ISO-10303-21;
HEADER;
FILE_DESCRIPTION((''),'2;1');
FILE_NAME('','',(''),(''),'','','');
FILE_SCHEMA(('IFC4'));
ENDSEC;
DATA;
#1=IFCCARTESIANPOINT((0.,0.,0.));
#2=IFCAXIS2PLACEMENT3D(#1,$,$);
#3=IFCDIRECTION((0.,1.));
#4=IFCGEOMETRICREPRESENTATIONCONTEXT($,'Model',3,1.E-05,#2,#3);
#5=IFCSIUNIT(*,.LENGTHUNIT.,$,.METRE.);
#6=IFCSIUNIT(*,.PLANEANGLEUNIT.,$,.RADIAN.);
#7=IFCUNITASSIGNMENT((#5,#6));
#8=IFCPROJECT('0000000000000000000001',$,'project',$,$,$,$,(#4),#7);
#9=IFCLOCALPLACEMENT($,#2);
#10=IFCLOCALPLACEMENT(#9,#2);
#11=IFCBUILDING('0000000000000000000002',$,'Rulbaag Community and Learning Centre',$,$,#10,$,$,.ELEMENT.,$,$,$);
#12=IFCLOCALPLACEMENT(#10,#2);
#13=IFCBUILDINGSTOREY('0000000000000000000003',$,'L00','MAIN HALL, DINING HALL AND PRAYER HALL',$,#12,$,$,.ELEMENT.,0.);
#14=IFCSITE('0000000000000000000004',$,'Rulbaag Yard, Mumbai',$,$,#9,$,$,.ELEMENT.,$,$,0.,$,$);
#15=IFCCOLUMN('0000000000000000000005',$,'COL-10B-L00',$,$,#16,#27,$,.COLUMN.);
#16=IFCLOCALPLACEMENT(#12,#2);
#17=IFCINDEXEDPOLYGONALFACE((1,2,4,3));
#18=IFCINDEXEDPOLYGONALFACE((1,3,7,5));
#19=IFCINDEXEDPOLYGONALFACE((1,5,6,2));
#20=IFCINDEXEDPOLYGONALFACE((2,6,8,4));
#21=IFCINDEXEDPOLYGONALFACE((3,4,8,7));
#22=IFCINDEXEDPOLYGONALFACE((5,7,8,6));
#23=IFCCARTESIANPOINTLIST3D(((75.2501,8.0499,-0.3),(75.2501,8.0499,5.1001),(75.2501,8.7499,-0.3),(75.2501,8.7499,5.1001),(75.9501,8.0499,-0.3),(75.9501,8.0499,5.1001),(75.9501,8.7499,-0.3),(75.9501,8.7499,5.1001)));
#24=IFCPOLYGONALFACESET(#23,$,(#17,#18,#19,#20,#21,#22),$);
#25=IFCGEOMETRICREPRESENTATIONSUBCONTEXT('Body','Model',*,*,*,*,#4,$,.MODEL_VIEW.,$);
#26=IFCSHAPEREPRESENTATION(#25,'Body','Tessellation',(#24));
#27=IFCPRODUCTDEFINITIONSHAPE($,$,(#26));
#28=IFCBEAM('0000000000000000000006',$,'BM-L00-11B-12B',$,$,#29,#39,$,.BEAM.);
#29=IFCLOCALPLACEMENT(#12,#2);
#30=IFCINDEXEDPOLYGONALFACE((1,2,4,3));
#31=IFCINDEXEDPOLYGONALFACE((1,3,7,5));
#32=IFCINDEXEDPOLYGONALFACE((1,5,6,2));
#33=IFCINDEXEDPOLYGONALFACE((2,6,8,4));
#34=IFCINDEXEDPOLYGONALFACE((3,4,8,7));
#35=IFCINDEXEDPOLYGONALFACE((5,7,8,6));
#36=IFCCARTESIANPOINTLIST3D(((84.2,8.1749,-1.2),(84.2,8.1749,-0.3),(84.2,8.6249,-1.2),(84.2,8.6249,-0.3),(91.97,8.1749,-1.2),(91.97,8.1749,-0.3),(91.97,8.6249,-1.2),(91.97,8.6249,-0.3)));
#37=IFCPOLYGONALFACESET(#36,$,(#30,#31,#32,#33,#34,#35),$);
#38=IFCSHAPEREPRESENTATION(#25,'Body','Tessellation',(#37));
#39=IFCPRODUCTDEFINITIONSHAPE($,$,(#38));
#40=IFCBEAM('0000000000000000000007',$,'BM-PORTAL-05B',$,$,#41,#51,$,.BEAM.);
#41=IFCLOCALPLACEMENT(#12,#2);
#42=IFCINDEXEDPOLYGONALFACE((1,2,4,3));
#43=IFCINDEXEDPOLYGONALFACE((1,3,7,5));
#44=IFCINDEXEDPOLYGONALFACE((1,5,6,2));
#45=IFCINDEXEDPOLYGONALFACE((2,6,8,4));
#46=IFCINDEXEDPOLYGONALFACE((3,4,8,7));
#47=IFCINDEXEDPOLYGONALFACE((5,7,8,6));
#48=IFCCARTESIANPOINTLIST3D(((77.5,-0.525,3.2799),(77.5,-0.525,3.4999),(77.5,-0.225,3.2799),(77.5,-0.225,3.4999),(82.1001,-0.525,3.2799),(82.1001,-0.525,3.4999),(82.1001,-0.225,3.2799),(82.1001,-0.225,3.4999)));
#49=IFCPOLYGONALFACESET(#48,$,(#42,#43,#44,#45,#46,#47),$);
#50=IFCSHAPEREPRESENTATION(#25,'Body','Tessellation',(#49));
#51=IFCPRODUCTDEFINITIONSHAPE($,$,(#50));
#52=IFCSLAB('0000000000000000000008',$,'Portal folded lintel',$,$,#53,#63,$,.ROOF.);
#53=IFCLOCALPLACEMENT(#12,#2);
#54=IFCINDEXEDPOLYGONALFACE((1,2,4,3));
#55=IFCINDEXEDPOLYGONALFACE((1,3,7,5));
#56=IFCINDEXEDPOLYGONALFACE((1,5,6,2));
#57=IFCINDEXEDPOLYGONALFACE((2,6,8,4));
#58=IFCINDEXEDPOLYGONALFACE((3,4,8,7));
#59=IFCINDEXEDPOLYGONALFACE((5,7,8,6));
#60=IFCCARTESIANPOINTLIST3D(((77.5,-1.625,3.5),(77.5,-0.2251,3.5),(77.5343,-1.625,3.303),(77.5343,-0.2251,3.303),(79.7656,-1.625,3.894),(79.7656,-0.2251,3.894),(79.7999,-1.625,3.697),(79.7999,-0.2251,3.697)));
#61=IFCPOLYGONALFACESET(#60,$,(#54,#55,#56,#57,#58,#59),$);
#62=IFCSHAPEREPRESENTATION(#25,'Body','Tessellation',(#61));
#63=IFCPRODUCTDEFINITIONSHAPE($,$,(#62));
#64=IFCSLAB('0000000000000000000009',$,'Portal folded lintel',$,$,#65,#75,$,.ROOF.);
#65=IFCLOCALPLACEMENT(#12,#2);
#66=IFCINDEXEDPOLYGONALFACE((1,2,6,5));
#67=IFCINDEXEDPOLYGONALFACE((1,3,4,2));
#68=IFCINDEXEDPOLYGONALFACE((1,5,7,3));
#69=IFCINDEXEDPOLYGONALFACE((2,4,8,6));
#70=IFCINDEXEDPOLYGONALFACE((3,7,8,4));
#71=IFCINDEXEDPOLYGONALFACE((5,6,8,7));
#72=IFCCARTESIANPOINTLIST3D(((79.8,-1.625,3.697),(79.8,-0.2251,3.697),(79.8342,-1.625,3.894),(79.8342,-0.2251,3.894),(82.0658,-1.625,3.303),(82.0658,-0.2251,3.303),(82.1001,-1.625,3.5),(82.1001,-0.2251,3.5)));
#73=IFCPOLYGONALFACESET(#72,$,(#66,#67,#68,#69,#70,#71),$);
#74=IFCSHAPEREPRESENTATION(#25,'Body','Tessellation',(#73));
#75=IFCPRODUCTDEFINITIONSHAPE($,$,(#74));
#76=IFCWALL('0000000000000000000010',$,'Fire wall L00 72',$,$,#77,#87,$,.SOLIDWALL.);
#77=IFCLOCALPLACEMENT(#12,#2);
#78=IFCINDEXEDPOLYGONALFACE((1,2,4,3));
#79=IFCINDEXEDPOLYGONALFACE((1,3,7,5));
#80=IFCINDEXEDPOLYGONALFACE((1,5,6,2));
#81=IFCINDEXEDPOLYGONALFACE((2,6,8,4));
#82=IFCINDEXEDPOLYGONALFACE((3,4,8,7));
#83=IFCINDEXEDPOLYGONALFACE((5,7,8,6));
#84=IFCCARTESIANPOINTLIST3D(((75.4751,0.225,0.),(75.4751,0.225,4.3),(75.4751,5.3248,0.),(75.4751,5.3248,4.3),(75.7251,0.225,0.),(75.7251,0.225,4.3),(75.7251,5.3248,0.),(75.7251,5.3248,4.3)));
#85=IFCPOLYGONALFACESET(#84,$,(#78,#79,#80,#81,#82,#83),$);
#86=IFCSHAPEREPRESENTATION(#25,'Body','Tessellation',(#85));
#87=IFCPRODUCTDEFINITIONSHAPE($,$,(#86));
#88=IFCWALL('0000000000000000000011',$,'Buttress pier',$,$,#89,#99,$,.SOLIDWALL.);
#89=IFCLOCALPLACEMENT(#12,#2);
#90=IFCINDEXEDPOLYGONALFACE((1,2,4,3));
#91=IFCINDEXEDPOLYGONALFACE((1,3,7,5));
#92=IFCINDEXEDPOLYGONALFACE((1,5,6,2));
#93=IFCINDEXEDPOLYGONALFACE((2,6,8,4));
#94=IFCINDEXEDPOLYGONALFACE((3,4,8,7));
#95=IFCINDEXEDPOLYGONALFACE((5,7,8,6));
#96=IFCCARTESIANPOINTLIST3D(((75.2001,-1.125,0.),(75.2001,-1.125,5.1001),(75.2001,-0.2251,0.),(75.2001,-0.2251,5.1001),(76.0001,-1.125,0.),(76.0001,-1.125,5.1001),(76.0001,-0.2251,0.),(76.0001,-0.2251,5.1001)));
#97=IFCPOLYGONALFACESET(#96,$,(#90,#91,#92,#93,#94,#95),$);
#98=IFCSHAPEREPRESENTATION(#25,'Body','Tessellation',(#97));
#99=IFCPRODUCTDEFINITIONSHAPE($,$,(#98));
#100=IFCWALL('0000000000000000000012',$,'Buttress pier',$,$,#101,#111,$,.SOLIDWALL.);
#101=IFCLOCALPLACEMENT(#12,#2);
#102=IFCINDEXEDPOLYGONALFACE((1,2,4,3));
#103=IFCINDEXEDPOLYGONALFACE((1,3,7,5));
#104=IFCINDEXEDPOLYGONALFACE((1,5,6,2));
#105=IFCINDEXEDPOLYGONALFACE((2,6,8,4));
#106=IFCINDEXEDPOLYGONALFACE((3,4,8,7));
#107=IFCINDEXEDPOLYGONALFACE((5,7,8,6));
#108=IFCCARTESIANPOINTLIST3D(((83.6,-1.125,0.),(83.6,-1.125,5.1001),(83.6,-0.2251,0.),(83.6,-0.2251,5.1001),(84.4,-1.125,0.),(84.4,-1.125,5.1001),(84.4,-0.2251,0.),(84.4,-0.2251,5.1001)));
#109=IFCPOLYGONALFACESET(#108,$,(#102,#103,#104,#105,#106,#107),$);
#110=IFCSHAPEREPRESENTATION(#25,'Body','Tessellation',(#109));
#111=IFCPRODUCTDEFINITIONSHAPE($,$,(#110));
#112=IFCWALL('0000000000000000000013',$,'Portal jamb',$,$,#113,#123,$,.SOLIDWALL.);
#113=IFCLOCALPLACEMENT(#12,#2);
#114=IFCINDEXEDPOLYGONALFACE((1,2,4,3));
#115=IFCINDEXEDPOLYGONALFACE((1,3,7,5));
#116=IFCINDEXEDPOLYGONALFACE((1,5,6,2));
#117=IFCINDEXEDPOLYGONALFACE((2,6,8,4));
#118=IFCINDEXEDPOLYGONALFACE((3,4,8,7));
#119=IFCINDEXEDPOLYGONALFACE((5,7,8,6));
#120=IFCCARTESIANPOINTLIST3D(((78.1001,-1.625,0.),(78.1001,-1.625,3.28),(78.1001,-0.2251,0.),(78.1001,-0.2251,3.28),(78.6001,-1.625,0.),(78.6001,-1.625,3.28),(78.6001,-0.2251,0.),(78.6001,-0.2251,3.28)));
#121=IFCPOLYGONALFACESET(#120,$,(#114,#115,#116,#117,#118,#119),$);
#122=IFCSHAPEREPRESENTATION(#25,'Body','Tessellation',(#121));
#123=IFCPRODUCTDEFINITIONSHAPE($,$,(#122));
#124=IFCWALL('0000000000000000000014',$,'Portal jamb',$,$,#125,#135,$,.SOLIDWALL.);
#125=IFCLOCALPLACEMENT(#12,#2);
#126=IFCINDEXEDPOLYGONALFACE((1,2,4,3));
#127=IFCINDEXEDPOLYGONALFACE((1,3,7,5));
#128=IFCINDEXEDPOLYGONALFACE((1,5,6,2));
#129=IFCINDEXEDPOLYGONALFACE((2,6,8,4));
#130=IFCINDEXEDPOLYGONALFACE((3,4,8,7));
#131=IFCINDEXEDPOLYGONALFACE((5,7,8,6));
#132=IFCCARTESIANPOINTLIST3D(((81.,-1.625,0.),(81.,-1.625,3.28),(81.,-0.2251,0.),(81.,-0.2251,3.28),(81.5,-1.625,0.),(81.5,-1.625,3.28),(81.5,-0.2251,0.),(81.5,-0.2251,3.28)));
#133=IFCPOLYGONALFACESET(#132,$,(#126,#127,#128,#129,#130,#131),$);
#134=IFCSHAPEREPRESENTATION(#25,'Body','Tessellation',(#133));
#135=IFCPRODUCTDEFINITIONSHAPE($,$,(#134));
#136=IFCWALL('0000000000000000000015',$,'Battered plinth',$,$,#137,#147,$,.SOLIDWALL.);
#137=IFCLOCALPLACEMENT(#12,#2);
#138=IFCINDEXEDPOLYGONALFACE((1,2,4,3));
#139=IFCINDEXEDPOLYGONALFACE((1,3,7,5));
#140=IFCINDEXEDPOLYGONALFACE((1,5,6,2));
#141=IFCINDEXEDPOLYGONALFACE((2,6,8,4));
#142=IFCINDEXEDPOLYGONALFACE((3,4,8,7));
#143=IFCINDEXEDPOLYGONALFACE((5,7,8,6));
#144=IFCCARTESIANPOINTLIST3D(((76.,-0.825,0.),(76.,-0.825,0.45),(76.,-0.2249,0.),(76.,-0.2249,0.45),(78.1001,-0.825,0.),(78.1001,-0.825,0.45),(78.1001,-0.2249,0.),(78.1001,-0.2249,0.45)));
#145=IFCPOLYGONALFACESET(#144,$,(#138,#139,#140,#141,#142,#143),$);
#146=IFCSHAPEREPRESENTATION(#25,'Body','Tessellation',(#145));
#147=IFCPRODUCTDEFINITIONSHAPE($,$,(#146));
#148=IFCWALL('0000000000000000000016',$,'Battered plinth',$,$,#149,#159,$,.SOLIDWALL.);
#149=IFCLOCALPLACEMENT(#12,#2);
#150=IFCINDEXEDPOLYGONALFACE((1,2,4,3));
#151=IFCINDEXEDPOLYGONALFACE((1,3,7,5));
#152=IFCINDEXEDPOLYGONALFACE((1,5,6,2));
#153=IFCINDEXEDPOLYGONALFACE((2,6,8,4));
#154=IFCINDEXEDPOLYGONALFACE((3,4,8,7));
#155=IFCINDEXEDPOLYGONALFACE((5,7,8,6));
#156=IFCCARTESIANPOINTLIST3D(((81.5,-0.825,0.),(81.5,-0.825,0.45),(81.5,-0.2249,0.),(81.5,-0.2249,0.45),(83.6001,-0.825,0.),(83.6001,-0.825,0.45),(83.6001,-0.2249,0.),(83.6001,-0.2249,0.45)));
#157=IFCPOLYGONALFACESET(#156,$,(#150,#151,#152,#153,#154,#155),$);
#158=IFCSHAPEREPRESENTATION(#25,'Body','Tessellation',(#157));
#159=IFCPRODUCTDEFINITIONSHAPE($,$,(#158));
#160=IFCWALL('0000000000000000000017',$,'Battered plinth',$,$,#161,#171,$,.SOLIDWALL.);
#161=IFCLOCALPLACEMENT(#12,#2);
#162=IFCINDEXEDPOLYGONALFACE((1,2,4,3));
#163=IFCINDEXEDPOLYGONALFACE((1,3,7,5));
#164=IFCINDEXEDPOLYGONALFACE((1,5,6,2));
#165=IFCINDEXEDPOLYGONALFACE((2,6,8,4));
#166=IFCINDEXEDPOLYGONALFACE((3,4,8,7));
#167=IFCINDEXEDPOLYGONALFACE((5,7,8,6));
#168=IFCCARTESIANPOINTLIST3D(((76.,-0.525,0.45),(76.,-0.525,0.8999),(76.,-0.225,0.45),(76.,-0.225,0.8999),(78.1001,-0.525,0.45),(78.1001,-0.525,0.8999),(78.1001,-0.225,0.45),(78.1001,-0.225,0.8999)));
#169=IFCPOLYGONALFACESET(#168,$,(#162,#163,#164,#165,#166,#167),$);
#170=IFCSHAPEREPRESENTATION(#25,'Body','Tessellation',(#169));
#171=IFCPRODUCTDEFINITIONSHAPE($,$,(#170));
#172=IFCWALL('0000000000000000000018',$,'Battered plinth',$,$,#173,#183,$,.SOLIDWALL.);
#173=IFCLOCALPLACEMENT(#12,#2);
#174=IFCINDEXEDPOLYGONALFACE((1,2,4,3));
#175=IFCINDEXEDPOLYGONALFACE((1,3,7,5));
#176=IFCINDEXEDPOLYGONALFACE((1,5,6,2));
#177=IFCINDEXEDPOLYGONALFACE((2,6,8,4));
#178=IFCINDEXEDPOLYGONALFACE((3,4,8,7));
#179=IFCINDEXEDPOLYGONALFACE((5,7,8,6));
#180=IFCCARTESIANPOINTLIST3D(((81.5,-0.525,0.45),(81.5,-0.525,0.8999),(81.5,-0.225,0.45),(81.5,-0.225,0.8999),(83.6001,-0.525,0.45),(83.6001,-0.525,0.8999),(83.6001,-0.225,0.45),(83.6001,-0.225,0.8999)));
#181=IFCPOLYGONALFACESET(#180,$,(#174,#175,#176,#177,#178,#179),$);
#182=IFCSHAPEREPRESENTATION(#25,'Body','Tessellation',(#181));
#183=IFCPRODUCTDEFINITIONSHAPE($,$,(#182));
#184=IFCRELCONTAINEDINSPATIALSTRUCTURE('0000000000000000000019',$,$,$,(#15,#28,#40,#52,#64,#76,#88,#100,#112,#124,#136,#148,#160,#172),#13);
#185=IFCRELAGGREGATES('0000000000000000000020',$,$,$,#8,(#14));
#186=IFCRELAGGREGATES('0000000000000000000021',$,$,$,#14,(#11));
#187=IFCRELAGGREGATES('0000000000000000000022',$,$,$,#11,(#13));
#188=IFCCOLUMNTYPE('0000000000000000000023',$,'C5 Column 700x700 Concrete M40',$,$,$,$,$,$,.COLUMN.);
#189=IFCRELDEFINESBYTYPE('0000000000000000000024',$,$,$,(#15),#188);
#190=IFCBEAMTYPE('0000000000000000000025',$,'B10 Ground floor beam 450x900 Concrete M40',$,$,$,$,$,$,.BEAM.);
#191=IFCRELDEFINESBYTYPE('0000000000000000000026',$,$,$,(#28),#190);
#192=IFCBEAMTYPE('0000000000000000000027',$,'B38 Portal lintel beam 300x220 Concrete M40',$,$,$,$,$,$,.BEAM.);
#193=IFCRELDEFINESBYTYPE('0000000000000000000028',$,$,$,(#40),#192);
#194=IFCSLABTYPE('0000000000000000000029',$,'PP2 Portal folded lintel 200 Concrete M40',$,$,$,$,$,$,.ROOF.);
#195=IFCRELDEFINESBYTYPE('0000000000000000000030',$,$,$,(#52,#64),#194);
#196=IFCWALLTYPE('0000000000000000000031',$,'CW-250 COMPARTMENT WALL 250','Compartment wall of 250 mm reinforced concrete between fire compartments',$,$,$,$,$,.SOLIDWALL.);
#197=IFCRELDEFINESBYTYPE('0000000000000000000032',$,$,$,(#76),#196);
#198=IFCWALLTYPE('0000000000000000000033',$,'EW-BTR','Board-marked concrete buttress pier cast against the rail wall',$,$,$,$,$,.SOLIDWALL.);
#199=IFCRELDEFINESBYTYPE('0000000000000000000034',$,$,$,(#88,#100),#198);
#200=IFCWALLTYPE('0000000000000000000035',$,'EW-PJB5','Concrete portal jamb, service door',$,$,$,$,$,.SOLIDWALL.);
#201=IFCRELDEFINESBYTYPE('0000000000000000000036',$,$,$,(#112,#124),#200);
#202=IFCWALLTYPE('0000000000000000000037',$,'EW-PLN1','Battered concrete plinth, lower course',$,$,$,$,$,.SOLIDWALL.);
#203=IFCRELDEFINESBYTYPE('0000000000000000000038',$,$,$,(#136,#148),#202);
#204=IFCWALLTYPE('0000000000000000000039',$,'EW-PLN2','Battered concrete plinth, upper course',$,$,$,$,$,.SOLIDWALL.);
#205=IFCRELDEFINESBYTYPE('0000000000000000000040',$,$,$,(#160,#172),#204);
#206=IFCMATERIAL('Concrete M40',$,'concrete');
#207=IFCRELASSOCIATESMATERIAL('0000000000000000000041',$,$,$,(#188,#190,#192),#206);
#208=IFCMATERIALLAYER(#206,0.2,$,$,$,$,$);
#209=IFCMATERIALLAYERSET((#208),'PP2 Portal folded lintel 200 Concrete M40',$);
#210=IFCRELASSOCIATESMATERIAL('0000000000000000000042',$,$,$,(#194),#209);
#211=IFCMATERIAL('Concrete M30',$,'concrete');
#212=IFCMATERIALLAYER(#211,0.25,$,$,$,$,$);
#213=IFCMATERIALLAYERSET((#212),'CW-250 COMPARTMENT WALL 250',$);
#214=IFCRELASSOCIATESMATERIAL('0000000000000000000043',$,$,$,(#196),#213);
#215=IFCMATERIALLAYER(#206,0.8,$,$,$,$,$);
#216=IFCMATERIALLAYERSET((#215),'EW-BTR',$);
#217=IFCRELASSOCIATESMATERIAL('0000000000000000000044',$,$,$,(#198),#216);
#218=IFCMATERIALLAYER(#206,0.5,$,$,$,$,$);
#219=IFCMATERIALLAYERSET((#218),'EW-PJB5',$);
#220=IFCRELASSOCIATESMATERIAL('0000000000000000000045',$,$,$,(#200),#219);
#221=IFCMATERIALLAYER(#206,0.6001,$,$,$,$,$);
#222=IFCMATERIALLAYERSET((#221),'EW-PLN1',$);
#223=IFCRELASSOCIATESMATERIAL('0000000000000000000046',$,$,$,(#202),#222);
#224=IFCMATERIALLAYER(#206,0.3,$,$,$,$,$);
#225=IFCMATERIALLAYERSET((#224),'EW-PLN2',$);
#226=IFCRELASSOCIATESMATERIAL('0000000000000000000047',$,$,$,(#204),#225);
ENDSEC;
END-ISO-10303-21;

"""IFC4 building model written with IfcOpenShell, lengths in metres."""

from ifc_helpers import new_model, si_unit, direction, frame, frame_2d, origin, origin_2d, place, context, subcontext, project, spatial, polyline, rectangle, outline, extrude, material, layer, layer_set, material_profile, profile_set, type_object, element, save


model = new_model("IFC4")

# Units and contexts
model_context = context("Model", 3, precision=1e-05, world=origin(), true_north=direction((0.0, 1.0)))
body_context = subcontext(model_context, "Body", "Model", "MODEL_VIEW")
ifc_project = project(units=[si_unit("LENGTHUNIT", "METRE"), si_unit("PLANEANGLEUNIT", "RADIAN")], contexts=[model_context])

# Site, building, storey
site_placement = place(None, origin())
site = spatial("IfcSite", under=ifc_project, at=site_placement, Name="Rulbaag Yard, Mumbai", CompositionType="ELEMENT", RefElevation=0.0)
building_placement = place(site_placement, origin())
building = spatial("IfcBuilding", under=site, at=building_placement, Name="Rulbaag Community and Learning Centre", CompositionType="ELEMENT")
storey_placement = place(building_placement, origin())
storey = spatial("IfcBuildingStorey", under=building, at=storey_placement, Name="L00", Description="MAIN HALL, DINING HALL AND PRAYER HALL", CompositionType="ELEMENT", Elevation=0.0)

# Column
ifc_material_1 = material(Name="Concrete M40", Category="concrete")
ifc_material_profile_1 = material_profile(ifc_material_1, rectangle(XDim=0.7, YDim=0.7, at=origin_2d()), Name="RC700x700")
ifc_profile_set_1 = profile_set([ifc_material_profile_1], Name="Concrete M40")
column_type_1 = type_object("IfcColumnType", Name="C5 Column 700x700 Concrete M40", PredefinedType="COLUMN", material=ifc_profile_set_1)
column_placement = place(storey_placement, frame((75.6001, 8.3999, -0.3), z_axis=(0.0, 0.0, 1.0), x_axis=(1.0, 0.0, 0.0)))
element("IfcColumn", 1, at=column_placement, inside=storey, type_object=column_type_1, Name="COL-10B-L00", PredefinedType="COLUMN", context=body_context, shape_type="SweptSolid", body=[
    extrude(rectangle(XDim=0.7, YDim=0.7, at=origin_2d()), origin(), (0.0, 0.0, 1.0), 5.4001),
])

# Beams
ifc_material_profile_2 = material_profile(ifc_material_1, rectangle(XDim=0.45, YDim=0.8999, at=origin_2d()), Name="RB450x900")
ifc_profile_set_2 = profile_set([ifc_material_profile_2], Name="Concrete M40")
beam_type_1 = type_object("IfcBeamType", Name="B10 Ground floor beam 450x900 Concrete M40", PredefinedType="BEAM", material=ifc_profile_set_2)
beam_1_placement = place(storey_placement, frame((84.2, 8.3999, -0.75), z_axis=(1.0, 0.0, 0.0), x_axis=(0.0, 1.0, 0.0)))
element("IfcBeam", 2, at=beam_1_placement, inside=storey, type_object=beam_type_1, Name="BM-L00-11B-12B", PredefinedType="BEAM", context=body_context, shape_type="SweptSolid", body=[
    extrude(rectangle(XDim=0.45, YDim=0.8999, at=origin_2d()), origin(), (0.0, 0.0, 1.0), 7.77),
])
ifc_material_profile_3 = material_profile(ifc_material_1, rectangle(XDim=0.3, YDim=0.22, at=origin_2d()), Name="RB300x220")
ifc_profile_set_3 = profile_set([ifc_material_profile_3], Name="Concrete M40")
beam_type_2 = type_object("IfcBeamType", Name="B38 Portal lintel beam 300x220 Concrete M40", PredefinedType="BEAM", material=ifc_profile_set_3)
beam_2_placement = place(storey_placement, frame((77.5, -0.375, 3.3899), z_axis=(1.0, 0.0, 0.0), x_axis=(0.0, 1.0, 0.0)))
element("IfcBeam", 3, at=beam_2_placement, inside=storey, type_object=beam_type_2, Name="BM-PORTAL-05B", PredefinedType="BEAM", context=body_context, shape_type="SweptSolid", body=[
    extrude(rectangle(XDim=0.3, YDim=0.22, at=origin_2d()), origin(), (0.0, 0.0, 1.0), 4.6001),
])

# Slabs
ifc_layer_1 = layer(ifc_material_1, 0.2)
ifc_layer_set_1 = layer_set([ifc_layer_1], Name="PP2 Portal folded lintel 200 Concrete M40")
slab_type = type_object("IfcSlabType", Name="PP2 Portal folded lintel 200 Concrete M40", PredefinedType="ROOF", material=ifc_layer_set_1)
slab_1_placement = place(storey_placement, frame((77.5, -0.2251, 3.5), z_axis=(-0.17135, 0.0, 0.98521), x_axis=(0.98521, 0.0, 0.17135)))
element("IfcSlab", 4, at=slab_1_placement, inside=storey, type_object=slab_type, Name="Portal folded lintel", PredefinedType="ROOF", context=body_context, shape_type="SweptSolid", body=[
    extrude(outline(polyline([(0.0, 0.0), (2.2996, 0.0), (2.2996, -1.3999), (0.0, -1.3999), (0.0, 0.0)])), origin(), (0.0, 0.0, -1.0), 0.2),
])
slab_2_placement = place(storey_placement, frame((79.8342, -0.2251, 3.894), z_axis=(0.171332, 0.0, 0.985213), x_axis=(0.985213, 0.0, -0.171332)))
element("IfcSlab", 5, at=slab_2_placement, inside=storey, type_object=slab_type, Name="Portal folded lintel", PredefinedType="ROOF", context=body_context, shape_type="SweptSolid", body=[
    extrude(outline(polyline([(0.0, 0.0), (2.2999, 0.0), (2.2999, -1.3999), (0.0, -1.3999), (0.0, 0.0)])), origin(), (0.0, 0.0, -1.0), 0.2),
])

# Walls
ifc_material_2 = material(Name="Concrete M30", Category="concrete")
ifc_layer_2 = layer(ifc_material_2, 0.25)
ifc_layer_set_2 = layer_set([ifc_layer_2], Name="CW-250 COMPARTMENT WALL 250")
wall_type_1 = type_object("IfcWallType", Name="CW-250 COMPARTMENT WALL 250", Description="Compartment wall of 250 mm reinforced concrete between fire compartments", PredefinedType="SOLIDWALL", material=ifc_layer_set_2)
wall_1_placement = place(storey_placement, frame((75.6001, 0.2251, 0.0), z_axis=(0.0, 0.0, 1.0), x_axis=(0.0, 1.0, 0.0)))
element("IfcWall", 6, at=wall_1_placement, inside=storey, type_object=wall_type_1, Name="Fire wall L00 72", PredefinedType="SOLIDWALL", context=body_context, shape_type="SweptSolid", body=[
    extrude(rectangle(XDim=5.0999, YDim=0.25, at=frame_2d((2.5498, 0.0))), origin(), (0.0, 0.0, 1.0), 4.3),
])
ifc_layer_3 = layer(ifc_material_1, 0.8)
ifc_layer_set_3 = layer_set([ifc_layer_3], Name="EW-BTR")
wall_type_2 = type_object("IfcWallType", Name="EW-BTR", Description="Board-marked concrete buttress pier cast against the rail wall", PredefinedType="SOLIDWALL", material=ifc_layer_set_3)
for number, where, z_axis, x_axis, name in (
    (7, (75.6001, -0.2251, 0.0), (0.0, 0.0, 1.0), (0.0, -1.0, 0.0), "Buttress pier"),
    (8, (84.0, -0.2251, 0.0), (0.0, 0.0, 1.0), (0.0, -1.0, 0.0), "Buttress pier"),
):
    element("IfcWall", number, at=place(storey_placement, frame(where, z_axis=z_axis, x_axis=x_axis)), inside=storey, type_object=wall_type_2, Name=name, PredefinedType="SOLIDWALL", context=body_context, shape_type="SweptSolid", body=[
        extrude(rectangle(XDim=0.8999, YDim=0.8, at=frame_2d((0.45, 0.0))), origin(), (0.0, 0.0, 1.0), 5.1001),
    ])
ifc_layer_4 = layer(ifc_material_1, 0.5)
ifc_layer_set_4 = layer_set([ifc_layer_4], Name="EW-PJB5")
wall_type_3 = type_object("IfcWallType", Name="EW-PJB5", Description="Concrete portal jamb, service door", PredefinedType="SOLIDWALL", material=ifc_layer_set_4)
for number, where, z_axis, x_axis, name in (
    (9, (78.3501, -0.2251, 0.0), (0.0, 0.0, 1.0), (0.0, -1.0, 0.0), "Portal jamb"),
    (10, (81.25, -0.2251, 0.0), (0.0, 0.0, 1.0), (0.0, -1.0, 0.0), "Portal jamb"),
):
    element("IfcWall", number, at=place(storey_placement, frame(where, z_axis=z_axis, x_axis=x_axis)), inside=storey, type_object=wall_type_3, Name=name, PredefinedType="SOLIDWALL", context=body_context, shape_type="SweptSolid", body=[
        extrude(rectangle(XDim=1.3999, YDim=0.5, at=frame_2d((0.7, 0.0))), origin(), (0.0, 0.0, 1.0), 3.28),
    ])
ifc_layer_5 = layer(ifc_material_1, 0.6001)
ifc_layer_set_5 = layer_set([ifc_layer_5], Name="EW-PLN1")
wall_type_4 = type_object("IfcWallType", Name="EW-PLN1", Description="Battered concrete plinth, lower course", PredefinedType="SOLIDWALL", material=ifc_layer_set_5)
for number, where, z_axis, x_axis, name in (
    (11, (76.0, -0.5249, 0.0), (0.0, 0.0, 1.0), (1.0, 0.0, 0.0), "Battered plinth"),
    (12, (81.5, -0.5249, 0.0), (0.0, 0.0, 1.0), (1.0, 0.0, 0.0), "Battered plinth"),
):
    element("IfcWall", number, at=place(storey_placement, frame(where, z_axis=z_axis, x_axis=x_axis)), inside=storey, type_object=wall_type_4, Name=name, PredefinedType="SOLIDWALL", context=body_context, shape_type="SweptSolid", body=[
        extrude(rectangle(XDim=2.1001, YDim=0.6001, at=frame_2d((1.05, 0.0))), origin(), (0.0, 0.0, 1.0), 0.45),
    ])
ifc_layer_6 = layer(ifc_material_1, 0.3)
ifc_layer_set_6 = layer_set([ifc_layer_6], Name="EW-PLN2")
wall_type_5 = type_object("IfcWallType", Name="EW-PLN2", Description="Battered concrete plinth, upper course", PredefinedType="SOLIDWALL", material=ifc_layer_set_6)
for number, where, z_axis, x_axis, name in (
    (13, (76.0, -0.375, 0.45), (0.0, 0.0, 1.0), (1.0, 0.0, 0.0), "Battered plinth"),
    (14, (81.5, -0.375, 0.45), (0.0, 0.0, 1.0), (1.0, 0.0, 0.0), "Battered plinth"),
):
    element("IfcWall", number, at=place(storey_placement, frame(where, z_axis=z_axis, x_axis=x_axis)), inside=storey, type_object=wall_type_5, Name=name, PredefinedType="SOLIDWALL", context=body_context, shape_type="SweptSolid", body=[
        extrude(rectangle(XDim=2.1001, YDim=0.3, at=frame_2d((1.05, 0.0))), origin(), (0.0, 0.0, 1.0), 0.45),
    ])

save(model, "model.ifc")
